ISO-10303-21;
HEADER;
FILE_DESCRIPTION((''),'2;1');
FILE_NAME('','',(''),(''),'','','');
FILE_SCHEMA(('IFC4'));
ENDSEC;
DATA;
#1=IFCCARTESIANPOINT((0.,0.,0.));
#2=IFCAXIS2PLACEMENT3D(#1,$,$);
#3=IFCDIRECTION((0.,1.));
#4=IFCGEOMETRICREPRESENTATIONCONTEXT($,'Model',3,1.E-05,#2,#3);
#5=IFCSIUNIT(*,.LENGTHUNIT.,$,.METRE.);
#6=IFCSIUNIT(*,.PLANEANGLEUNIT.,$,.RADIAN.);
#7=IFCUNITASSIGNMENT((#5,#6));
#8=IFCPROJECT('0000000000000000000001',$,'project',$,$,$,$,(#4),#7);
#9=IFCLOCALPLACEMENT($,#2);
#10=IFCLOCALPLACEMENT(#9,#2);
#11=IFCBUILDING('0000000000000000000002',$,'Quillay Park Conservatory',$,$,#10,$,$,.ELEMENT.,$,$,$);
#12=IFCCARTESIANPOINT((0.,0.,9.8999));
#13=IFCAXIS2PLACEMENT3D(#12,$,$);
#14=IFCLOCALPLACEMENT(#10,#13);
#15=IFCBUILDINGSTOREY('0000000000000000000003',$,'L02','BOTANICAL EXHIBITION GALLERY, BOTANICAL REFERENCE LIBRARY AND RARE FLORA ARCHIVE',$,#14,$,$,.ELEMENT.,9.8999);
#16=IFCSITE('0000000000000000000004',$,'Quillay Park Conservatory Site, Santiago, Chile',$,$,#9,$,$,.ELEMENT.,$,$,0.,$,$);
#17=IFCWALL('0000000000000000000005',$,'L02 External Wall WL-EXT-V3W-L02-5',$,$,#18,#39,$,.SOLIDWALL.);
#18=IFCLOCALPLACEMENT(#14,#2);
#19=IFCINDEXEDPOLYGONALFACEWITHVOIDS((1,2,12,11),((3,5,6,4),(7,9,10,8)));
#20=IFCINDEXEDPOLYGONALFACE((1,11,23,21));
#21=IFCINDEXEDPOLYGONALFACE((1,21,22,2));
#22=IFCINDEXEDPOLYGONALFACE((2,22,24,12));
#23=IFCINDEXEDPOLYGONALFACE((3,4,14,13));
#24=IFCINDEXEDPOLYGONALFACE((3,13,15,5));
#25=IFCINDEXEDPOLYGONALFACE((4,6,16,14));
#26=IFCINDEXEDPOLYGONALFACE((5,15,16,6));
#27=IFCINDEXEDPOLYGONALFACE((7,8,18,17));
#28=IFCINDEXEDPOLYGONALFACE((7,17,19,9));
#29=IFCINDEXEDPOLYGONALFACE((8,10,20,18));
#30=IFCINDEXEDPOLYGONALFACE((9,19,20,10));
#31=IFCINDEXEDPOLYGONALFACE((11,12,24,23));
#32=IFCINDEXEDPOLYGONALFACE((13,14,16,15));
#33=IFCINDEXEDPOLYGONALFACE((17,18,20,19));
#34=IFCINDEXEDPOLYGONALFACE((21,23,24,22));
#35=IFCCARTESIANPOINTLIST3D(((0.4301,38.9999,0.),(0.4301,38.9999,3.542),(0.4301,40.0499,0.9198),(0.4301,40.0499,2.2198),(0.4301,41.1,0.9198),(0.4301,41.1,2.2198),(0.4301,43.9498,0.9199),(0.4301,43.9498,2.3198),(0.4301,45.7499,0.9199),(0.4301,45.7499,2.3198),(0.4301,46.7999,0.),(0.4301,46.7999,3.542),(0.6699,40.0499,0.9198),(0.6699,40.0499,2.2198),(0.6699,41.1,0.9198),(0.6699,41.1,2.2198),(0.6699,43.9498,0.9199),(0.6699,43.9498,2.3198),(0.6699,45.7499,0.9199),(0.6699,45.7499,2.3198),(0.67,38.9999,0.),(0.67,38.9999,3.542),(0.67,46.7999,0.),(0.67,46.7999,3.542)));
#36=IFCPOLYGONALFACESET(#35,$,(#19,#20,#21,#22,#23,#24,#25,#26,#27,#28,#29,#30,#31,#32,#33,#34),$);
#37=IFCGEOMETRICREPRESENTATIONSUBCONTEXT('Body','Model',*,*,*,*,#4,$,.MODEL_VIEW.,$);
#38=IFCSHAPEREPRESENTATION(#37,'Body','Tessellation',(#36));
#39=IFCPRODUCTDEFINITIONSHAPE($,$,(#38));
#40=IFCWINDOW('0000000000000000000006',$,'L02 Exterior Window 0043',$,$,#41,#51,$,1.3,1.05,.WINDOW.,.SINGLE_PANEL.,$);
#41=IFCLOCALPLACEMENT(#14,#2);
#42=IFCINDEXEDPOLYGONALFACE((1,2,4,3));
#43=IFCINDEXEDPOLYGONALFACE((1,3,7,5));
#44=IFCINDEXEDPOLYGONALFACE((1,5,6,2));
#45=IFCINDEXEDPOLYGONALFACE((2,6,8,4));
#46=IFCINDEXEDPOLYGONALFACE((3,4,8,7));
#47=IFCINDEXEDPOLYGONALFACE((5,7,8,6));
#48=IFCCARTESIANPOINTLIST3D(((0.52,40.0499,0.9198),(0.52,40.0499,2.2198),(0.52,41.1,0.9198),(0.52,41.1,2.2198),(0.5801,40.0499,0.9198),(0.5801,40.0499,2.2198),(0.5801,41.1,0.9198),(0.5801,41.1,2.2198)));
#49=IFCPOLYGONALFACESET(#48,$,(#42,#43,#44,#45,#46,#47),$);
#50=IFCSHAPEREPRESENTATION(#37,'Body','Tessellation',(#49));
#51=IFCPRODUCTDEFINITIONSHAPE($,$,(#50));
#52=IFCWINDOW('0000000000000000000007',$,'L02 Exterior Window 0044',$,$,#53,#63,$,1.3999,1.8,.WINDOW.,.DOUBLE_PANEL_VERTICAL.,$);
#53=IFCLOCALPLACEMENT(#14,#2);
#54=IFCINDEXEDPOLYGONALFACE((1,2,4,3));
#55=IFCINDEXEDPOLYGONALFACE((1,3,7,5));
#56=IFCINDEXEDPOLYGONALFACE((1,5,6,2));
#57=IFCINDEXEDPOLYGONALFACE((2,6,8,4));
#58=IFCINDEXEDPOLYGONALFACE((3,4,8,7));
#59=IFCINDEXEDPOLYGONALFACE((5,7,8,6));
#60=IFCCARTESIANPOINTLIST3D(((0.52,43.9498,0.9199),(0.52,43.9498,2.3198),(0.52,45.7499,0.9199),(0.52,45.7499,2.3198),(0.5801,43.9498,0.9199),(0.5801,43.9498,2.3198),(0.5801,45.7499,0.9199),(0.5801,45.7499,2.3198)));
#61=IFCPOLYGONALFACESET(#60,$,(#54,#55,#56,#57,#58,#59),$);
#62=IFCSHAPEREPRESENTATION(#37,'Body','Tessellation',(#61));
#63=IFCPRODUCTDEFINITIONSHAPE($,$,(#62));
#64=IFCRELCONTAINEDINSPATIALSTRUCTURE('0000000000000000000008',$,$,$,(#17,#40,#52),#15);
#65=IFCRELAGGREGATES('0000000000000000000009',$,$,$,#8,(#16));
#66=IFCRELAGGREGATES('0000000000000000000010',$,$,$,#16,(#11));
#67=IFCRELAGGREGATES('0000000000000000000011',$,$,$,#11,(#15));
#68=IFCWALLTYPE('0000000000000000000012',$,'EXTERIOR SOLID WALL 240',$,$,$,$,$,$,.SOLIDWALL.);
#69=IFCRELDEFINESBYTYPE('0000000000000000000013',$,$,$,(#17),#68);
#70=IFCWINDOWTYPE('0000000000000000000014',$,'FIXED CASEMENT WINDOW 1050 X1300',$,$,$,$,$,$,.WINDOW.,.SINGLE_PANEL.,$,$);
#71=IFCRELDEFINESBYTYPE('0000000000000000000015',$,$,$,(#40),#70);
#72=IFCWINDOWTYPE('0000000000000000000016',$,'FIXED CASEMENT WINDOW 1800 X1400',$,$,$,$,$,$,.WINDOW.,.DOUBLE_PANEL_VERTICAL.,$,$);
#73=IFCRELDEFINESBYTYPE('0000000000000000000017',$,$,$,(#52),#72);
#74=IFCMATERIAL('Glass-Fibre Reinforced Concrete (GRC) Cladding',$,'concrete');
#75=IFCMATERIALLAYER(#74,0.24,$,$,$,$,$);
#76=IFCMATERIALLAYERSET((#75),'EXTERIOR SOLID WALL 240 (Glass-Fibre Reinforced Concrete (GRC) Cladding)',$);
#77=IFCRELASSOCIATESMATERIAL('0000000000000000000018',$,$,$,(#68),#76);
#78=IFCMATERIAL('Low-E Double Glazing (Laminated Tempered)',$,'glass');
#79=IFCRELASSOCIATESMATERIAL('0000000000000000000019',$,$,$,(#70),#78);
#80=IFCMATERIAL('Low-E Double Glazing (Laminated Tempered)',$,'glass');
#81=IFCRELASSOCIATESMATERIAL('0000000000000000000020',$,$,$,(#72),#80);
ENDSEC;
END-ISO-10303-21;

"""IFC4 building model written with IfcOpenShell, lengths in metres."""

from ifc_helpers import new_model, si_unit, direction, frame, frame_2d, origin, place, context, subcontext, project, spatial, rectangle, extrude, material, layer, layer_set, type_object, element, fill, save


model = new_model("IFC4")

# Units and contexts
model_context = context("Model", 3, precision=1e-05, world=origin(), true_north=direction((0.0, 1.0)))
body_context = subcontext(model_context, "Body", "Model", "MODEL_VIEW")
ifc_project = project(units=[si_unit("LENGTHUNIT", "METRE"), si_unit("PLANEANGLEUNIT", "RADIAN")], contexts=[model_context])

# Site, building, storey
site_placement = place(None, origin())
site = spatial("IfcSite", under=ifc_project, at=site_placement, Name="Quillay Park Conservatory Site, Santiago, Chile", CompositionType="ELEMENT", RefElevation=0.0)
building_placement = place(site_placement, origin())
building = spatial("IfcBuilding", under=site, at=building_placement, Name="Quillay Park Conservatory", CompositionType="ELEMENT")
storey_placement = place(building_placement, frame((0.0, 0.0, 9.8999)))
storey = spatial("IfcBuildingStorey", under=building, at=storey_placement, Name="L02", Description="BOTANICAL EXHIBITION GALLERY, BOTANICAL REFERENCE LIBRARY AND RARE FLORA ARCHIVE", CompositionType="ELEMENT", Elevation=9.8999)

# Wall, openings, windows
ifc_material_1 = material(Name="Glass-Fibre Reinforced Concrete (GRC) Cladding", Category="concrete")
ifc_layer = layer(ifc_material_1, 0.24)
ifc_layer_set = layer_set([ifc_layer], Name="EXTERIOR SOLID WALL 240 (Glass-Fibre Reinforced Concrete (GRC) Cladding)")
wall_type = type_object("IfcWallType", Name="EXTERIOR SOLID WALL 240", PredefinedType="SOLIDWALL", material=ifc_layer_set)
wall_1_placement = place(storey_placement, frame((0.55, 39.0, 0.0), z_axis=(0.0, 0.0, 1.0), x_axis=(0.0, 1.0, 0.0)))
wall_1 = element("IfcWall", 1, at=wall_1_placement, inside=storey, type_object=wall_type, Name="L02 External Wall WL-EXT-V3W-L02-5", PredefinedType="SOLIDWALL", context=body_context, shape_type="SweptSolid", body=[
    extrude(rectangle(XDim=7.8, YDim=0.24, at=frame_2d((3.8999, 0.0))), origin(), (0.0, 0.0, 1.0), 3.542),
])
opening_1_placement = place(wall_1_placement, frame((1.05, 0.0, 0.9199)))
opening_1 = element("IfcOpeningElement", 2, at=opening_1_placement, cuts=wall_1, PredefinedType="OPENING", context=body_context, shape_type="SweptSolid", body=[
    extrude(rectangle(XDim=1.05, YDim=1.3, at=frame_2d((0.5249, 0.6499))), frame((0.0, 0.1201, 0.0), z_axis=(0.0, -1.0, 0.0), x_axis=(1.0, 0.0, 0.0)), (0.0, 0.0, 1.0), 0.24),
])
opening_2_placement = place(wall_1_placement, frame((4.95, 0.0, 0.9199)))
opening_2 = element("IfcOpeningElement", 3, at=opening_2_placement, cuts=wall_1, PredefinedType="OPENING", context=body_context, shape_type="SweptSolid", body=[
    extrude(rectangle(XDim=1.8, YDim=1.3999, at=frame_2d((0.8999, 0.7))), frame((0.0, 0.1201, 0.0), z_axis=(0.0, -1.0, 0.0), x_axis=(1.0, 0.0, 0.0)), (0.0, 0.0, 1.0), 0.24),
])
ifc_material_2 = material(Name="Low-E Double Glazing (Laminated Tempered)", Category="glass")
window_type_1 = type_object("IfcWindowType", Name="FIXED CASEMENT WINDOW 1050 X1300", PartitioningType="SINGLE_PANEL", PredefinedType="WINDOW", material=ifc_material_2)
window_1_placement = place(opening_1_placement, origin())
window_1 = element("IfcWindow", 4, at=window_1_placement, inside=storey, type_object=window_type_1, Name="L02 Exterior Window 0043", OverallHeight=1.3, OverallWidth=1.05, PartitioningType="SINGLE_PANEL", PredefinedType="WINDOW", context=body_context, shape_type="SweptSolid", body=[
    extrude(rectangle(XDim=1.05, YDim=1.3, at=frame_2d((0.5249, 0.6499))), frame((0.0, 0.03, 0.0), z_axis=(0.0, -1.0, 0.0), x_axis=(1.0, 0.0, 0.0)), (0.0, 0.0, 1.0), 0.0601),
])
fill(opening_1, window_1)
ifc_material_3 = material(Name="Low-E Double Glazing (Laminated Tempered)", Category="glass")
window_type_2 = type_object("IfcWindowType", Name="FIXED CASEMENT WINDOW 1800 X1400", PartitioningType="DOUBLE_PANEL_VERTICAL", PredefinedType="WINDOW", material=ifc_material_3)
window_2_placement = place(opening_2_placement, origin())
window_2 = element("IfcWindow", 5, at=window_2_placement, inside=storey, type_object=window_type_2, Name="L02 Exterior Window 0044", OverallHeight=1.3999, OverallWidth=1.8, PartitioningType="DOUBLE_PANEL_VERTICAL", PredefinedType="WINDOW", context=body_context, shape_type="SweptSolid", body=[
    extrude(rectangle(XDim=1.8, YDim=1.3999, at=frame_2d((0.8999, 0.7))), frame((0.0, 0.03, 0.0), z_axis=(0.0, -1.0, 0.0), x_axis=(1.0, 0.0, 0.0)), (0.0, 0.0, 1.0), 0.0601),
])
fill(opening_2, window_2)

save(model, "model.ifc")
